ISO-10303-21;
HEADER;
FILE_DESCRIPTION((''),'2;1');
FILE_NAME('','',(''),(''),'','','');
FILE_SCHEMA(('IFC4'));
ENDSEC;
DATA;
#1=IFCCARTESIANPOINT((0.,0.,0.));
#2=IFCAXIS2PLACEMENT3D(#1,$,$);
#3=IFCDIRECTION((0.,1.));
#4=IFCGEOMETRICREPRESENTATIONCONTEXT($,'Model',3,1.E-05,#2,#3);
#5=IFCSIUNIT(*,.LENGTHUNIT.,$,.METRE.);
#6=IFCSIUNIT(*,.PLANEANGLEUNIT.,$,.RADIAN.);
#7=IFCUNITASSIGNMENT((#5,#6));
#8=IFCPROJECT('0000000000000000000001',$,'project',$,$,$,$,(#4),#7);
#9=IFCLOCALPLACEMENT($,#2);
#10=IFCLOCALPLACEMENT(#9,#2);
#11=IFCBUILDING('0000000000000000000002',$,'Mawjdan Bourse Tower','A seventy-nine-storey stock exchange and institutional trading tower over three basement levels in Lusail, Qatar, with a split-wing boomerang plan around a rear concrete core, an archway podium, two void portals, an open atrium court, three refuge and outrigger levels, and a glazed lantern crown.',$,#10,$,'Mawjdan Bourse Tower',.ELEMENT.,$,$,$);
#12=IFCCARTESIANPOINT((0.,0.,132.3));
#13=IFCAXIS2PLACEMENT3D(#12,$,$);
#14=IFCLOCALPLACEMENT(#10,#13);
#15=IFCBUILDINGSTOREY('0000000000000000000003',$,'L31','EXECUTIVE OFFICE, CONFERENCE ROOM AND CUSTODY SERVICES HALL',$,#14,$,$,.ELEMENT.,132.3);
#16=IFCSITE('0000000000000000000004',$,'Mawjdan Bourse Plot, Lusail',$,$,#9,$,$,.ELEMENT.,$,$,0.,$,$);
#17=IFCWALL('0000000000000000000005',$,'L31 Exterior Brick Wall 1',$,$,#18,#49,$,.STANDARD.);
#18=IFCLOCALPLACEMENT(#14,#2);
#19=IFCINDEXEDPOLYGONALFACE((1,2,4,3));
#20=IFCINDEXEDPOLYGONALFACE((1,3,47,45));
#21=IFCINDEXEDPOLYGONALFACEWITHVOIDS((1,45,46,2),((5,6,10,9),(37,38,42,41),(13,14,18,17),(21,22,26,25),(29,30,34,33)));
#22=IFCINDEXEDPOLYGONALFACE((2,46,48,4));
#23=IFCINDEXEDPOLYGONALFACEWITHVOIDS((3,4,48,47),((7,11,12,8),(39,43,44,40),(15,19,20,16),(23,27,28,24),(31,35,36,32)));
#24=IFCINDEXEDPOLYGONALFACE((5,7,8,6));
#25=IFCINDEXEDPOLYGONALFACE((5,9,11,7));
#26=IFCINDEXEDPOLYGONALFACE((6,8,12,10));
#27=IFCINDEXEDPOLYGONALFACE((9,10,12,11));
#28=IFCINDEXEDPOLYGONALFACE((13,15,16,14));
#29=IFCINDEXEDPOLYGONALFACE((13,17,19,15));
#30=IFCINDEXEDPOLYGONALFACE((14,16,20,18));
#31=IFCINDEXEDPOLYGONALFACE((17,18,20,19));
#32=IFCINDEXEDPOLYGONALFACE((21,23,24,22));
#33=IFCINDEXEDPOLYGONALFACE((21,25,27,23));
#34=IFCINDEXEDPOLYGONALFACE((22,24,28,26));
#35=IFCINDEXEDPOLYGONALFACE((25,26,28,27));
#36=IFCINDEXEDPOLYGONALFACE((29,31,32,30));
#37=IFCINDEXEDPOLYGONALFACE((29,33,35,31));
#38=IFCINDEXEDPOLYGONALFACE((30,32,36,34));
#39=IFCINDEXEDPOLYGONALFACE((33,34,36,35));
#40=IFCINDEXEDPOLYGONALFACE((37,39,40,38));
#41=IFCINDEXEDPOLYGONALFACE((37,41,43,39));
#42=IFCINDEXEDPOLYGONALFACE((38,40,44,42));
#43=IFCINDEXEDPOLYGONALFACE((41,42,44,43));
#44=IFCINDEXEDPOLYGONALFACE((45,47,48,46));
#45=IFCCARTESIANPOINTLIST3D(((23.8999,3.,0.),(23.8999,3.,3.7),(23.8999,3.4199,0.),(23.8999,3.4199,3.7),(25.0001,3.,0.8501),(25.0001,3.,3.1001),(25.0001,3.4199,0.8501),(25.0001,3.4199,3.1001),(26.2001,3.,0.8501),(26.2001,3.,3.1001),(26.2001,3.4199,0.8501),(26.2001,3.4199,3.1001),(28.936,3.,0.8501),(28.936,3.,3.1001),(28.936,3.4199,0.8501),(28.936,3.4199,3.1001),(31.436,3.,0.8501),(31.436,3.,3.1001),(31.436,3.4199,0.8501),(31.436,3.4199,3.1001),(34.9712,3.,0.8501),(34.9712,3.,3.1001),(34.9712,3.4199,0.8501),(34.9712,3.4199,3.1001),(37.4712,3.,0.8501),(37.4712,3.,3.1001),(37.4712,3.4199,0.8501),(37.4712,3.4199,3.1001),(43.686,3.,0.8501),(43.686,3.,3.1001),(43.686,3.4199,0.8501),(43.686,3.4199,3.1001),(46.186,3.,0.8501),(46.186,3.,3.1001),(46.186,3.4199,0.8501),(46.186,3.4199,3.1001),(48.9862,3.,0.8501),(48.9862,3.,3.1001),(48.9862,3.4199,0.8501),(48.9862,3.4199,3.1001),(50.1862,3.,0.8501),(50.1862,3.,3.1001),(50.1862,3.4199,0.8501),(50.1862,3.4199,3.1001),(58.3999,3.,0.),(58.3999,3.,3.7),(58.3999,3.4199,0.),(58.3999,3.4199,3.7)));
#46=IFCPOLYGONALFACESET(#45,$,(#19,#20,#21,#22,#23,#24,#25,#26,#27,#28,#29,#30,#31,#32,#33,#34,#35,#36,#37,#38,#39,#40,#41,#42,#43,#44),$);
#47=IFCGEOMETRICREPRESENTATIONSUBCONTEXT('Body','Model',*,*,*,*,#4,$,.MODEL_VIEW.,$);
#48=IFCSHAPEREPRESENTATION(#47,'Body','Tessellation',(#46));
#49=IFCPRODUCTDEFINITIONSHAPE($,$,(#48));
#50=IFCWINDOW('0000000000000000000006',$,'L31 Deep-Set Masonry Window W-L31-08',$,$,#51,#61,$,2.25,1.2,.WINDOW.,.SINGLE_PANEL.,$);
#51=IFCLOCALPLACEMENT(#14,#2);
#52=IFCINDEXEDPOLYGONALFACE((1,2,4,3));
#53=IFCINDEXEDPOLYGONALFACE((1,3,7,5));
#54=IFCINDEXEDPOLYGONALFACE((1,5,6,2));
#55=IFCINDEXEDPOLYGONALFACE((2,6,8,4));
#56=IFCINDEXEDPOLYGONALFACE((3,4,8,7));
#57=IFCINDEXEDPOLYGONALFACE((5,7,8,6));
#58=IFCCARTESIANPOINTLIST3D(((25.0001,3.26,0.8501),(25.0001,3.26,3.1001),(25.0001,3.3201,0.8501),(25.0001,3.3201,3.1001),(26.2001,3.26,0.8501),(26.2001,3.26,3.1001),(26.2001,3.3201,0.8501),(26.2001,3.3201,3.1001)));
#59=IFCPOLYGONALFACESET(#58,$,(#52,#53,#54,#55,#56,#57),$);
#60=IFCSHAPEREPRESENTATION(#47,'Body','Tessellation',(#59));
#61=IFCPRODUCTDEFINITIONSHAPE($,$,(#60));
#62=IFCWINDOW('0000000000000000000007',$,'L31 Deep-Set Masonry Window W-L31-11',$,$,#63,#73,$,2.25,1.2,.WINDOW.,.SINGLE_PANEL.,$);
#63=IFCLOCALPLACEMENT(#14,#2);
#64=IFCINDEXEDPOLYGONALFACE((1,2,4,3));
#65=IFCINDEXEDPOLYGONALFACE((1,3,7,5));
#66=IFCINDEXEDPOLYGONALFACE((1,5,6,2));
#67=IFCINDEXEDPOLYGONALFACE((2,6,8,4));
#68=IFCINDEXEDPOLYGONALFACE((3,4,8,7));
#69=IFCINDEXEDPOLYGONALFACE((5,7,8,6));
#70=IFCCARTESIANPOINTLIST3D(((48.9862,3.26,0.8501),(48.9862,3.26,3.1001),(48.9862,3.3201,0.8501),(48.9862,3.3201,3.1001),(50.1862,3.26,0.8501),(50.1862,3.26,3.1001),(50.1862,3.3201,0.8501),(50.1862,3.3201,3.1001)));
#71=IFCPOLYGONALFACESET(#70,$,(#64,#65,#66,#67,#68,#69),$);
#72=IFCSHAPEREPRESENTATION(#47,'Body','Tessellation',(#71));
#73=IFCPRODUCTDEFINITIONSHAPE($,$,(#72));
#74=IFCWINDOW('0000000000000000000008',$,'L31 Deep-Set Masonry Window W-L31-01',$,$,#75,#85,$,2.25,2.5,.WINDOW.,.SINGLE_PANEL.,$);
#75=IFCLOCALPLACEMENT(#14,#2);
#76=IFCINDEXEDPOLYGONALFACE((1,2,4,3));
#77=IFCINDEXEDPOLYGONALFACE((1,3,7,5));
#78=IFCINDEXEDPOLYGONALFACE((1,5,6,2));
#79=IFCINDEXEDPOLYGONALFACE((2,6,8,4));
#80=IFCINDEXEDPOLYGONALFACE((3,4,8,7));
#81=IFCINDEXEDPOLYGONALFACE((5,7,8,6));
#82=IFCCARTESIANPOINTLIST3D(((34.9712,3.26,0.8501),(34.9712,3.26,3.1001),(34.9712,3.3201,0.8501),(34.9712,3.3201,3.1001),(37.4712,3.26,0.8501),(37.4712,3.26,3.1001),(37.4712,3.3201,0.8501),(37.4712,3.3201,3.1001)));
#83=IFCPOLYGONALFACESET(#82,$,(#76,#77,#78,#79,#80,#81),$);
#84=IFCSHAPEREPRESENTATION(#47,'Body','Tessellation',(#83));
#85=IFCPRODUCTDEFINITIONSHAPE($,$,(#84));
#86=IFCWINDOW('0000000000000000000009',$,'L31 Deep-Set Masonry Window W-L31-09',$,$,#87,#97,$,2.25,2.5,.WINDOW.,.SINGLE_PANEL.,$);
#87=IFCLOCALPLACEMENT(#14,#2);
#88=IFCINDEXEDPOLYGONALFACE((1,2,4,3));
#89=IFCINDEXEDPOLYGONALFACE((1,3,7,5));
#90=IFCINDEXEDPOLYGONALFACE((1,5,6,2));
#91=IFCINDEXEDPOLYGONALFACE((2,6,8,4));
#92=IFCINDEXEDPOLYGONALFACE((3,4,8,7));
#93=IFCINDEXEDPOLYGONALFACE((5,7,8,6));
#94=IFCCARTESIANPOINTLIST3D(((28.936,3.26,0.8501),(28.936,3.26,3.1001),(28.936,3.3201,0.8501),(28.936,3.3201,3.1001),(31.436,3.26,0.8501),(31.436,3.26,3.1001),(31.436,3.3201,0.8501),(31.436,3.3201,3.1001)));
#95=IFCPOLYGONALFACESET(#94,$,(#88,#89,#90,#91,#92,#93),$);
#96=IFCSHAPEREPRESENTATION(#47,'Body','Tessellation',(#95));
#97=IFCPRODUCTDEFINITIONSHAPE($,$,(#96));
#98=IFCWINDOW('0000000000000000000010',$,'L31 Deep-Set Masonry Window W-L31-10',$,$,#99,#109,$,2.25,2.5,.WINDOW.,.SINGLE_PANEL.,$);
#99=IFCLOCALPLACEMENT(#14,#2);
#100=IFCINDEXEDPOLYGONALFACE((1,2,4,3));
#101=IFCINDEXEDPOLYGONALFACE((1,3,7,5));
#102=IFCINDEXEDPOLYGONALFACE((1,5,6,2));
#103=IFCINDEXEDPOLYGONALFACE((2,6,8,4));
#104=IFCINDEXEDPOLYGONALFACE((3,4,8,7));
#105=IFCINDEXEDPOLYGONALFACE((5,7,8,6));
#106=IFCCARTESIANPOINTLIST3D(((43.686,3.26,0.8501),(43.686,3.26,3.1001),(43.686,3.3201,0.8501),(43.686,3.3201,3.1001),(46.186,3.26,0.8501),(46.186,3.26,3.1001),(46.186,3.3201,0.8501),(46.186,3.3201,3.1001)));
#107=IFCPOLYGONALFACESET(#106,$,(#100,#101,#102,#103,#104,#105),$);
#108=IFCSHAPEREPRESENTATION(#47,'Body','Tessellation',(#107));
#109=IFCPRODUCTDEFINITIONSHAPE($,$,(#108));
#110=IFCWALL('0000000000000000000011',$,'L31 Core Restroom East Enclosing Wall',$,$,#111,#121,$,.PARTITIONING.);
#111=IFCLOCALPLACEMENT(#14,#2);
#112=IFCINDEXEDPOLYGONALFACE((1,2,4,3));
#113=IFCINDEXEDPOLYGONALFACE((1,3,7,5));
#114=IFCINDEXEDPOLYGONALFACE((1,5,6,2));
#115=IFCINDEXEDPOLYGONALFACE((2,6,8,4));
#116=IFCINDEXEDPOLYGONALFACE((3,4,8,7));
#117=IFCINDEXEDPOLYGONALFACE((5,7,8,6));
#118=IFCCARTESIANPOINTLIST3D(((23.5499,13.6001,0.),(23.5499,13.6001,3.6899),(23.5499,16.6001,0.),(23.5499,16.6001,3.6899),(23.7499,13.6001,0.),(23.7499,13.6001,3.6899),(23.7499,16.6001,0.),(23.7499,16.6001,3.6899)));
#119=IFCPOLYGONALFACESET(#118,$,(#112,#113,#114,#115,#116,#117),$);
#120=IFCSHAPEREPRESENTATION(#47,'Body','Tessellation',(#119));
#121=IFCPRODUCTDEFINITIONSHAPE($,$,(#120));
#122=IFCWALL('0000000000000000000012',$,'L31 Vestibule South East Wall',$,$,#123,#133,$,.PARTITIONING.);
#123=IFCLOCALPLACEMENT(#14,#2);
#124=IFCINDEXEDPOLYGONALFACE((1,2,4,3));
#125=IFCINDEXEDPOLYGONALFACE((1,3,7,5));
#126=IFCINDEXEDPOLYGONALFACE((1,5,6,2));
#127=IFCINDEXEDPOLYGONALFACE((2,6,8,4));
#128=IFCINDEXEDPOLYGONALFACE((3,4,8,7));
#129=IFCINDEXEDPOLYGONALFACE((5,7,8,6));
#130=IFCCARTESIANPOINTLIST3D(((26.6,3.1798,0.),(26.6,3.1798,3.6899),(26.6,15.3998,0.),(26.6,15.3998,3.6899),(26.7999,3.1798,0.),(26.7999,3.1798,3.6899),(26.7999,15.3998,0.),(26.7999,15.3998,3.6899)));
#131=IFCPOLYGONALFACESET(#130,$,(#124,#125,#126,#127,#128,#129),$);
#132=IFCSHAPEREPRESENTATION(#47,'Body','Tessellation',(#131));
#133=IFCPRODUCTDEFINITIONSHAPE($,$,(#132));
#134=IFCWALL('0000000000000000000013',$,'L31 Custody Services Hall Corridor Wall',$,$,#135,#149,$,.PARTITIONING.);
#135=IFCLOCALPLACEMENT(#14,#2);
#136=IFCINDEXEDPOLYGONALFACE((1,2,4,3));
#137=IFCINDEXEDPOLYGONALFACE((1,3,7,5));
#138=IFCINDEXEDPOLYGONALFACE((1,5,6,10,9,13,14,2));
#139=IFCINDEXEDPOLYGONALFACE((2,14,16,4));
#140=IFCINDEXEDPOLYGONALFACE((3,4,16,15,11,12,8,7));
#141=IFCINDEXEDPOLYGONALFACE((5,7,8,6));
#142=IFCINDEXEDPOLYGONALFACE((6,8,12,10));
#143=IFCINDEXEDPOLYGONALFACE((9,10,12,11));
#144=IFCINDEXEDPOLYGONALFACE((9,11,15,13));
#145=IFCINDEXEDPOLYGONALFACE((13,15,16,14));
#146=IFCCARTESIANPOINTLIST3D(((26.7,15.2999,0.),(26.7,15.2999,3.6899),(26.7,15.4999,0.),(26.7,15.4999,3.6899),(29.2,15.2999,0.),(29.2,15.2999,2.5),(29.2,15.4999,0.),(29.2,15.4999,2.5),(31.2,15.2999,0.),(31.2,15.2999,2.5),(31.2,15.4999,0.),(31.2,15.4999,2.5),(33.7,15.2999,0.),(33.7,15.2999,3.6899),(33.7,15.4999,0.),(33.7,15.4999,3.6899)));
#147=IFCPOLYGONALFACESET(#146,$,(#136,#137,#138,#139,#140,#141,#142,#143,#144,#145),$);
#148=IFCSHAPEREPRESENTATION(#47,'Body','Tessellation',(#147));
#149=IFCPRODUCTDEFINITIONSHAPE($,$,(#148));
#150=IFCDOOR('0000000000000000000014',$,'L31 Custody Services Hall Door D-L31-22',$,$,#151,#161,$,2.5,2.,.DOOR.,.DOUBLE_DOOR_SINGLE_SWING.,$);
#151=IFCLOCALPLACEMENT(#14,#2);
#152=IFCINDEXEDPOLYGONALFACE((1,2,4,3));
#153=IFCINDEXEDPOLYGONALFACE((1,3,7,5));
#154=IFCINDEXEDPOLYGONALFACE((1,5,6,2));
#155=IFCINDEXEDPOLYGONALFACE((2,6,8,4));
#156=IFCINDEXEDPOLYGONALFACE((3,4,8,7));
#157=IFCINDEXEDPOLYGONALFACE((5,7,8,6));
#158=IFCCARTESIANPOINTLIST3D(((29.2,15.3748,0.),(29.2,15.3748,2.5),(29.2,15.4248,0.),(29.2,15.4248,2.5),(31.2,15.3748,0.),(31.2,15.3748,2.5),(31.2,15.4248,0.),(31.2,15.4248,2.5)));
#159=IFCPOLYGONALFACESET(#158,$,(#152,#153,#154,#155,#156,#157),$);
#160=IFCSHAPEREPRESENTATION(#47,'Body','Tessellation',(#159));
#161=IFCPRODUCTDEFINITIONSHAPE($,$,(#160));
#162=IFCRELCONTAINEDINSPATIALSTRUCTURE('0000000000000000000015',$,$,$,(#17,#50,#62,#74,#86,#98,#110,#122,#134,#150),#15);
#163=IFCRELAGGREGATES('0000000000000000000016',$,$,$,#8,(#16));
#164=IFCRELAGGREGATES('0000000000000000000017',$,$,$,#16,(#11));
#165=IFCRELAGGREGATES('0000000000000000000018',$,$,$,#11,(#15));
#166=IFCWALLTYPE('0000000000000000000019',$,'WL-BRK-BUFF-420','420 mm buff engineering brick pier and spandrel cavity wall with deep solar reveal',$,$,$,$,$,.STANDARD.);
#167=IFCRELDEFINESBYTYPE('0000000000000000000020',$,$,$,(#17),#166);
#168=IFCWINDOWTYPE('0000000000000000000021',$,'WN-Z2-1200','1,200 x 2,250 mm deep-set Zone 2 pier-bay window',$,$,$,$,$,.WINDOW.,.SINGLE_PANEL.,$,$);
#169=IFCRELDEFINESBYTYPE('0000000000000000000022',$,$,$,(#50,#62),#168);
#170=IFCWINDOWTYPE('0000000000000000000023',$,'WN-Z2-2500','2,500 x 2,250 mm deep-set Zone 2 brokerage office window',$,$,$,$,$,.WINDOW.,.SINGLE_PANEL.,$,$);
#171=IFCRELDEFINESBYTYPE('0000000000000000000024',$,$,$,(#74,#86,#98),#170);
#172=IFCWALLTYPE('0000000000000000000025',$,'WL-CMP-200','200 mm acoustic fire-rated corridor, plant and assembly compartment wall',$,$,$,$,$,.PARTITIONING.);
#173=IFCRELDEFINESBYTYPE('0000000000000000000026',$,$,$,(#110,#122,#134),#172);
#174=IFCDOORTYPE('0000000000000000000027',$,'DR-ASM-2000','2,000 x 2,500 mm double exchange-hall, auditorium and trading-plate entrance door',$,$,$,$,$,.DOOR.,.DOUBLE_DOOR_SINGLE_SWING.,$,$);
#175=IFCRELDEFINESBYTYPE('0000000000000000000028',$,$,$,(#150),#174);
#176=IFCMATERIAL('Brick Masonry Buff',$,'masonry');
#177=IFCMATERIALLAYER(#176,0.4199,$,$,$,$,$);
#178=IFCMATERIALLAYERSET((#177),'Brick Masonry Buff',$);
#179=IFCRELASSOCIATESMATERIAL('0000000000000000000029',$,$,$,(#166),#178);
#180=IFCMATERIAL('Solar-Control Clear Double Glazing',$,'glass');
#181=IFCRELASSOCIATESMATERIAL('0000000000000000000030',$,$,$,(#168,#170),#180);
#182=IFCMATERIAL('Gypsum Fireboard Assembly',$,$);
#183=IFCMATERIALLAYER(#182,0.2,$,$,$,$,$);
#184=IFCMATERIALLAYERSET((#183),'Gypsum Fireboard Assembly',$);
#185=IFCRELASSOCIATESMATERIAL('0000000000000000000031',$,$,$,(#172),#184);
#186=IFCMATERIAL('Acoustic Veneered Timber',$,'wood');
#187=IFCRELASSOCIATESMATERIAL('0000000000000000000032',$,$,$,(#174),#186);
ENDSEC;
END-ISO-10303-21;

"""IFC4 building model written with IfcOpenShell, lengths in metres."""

from ifc_helpers import new_model, si_unit, direction, frame, frame_2d, origin, place, context, subcontext, project, spatial, rectangle, extrude, material, layer, layer_set, type_object, element, fill, save


model = new_model("IFC4")

# Units and contexts
model_context = context("Model", 3, precision=1e-05, world=origin(), true_north=direction((0.0, 1.0)))
body_context = subcontext(model_context, "Body", "Model", "MODEL_VIEW")
ifc_project = project(units=[si_unit("LENGTHUNIT", "METRE"), si_unit("PLANEANGLEUNIT", "RADIAN")], contexts=[model_context])

# Site, building, storey
site_placement = place(None, origin())
site = spatial("IfcSite", under=ifc_project, at=site_placement, Name="Mawjdan Bourse Plot, Lusail", CompositionType="ELEMENT", RefElevation=0.0)
building_placement = place(site_placement, origin())
building = spatial("IfcBuilding", under=site, at=building_placement, Name="Mawjdan Bourse Tower", Description="A seventy-nine-storey stock exchange and institutional trading tower over three basement levels in Lusail, Qatar, with a split-wing boomerang plan around a rear concrete core, an archway podium, two void portals, an open atrium court, three refuge and outrigger levels, and a glazed lantern crown.", LongName="Mawjdan Bourse Tower", CompositionType="ELEMENT")
storey_placement = place(building_placement, frame((0.0, 0.0, 132.3)))
storey = spatial("IfcBuildingStorey", under=building, at=storey_placement, Name="L31", Description="EXECUTIVE OFFICE, CONFERENCE ROOM AND CUSTODY SERVICES HALL", CompositionType="ELEMENT", Elevation=132.3)

# Wall, openings, windows
ifc_material_1 = material(Name="Brick Masonry Buff", Category="masonry")
ifc_layer_1 = layer(ifc_material_1, 0.4199)
ifc_layer_set_1 = layer_set([ifc_layer_1], Name="Brick Masonry Buff")
wall_type_1 = type_object("IfcWallType", Name="WL-BRK-BUFF-420", Description="420 mm buff engineering brick pier and spandrel cavity wall with deep solar reveal", PredefinedType="STANDARD", material=ifc_layer_set_1)
wall_1_placement = place(storey_placement, frame((23.8999, 3.21, 0.0), z_axis=(0.0, 0.0, 1.0), x_axis=(1.0, 0.0, 0.0)))
wall_1 = element("IfcWall", 1, at=wall_1_placement, inside=storey, type_object=wall_type_1, Name="L31 Exterior Brick Wall 1", PredefinedType="STANDARD", context=body_context, shape_type="SweptSolid", body=[
    extrude(rectangle(XDim=34.5, YDim=0.4199, at=frame_2d((17.25, 0.0))), origin(), (0.0, 0.0, 1.0), 3.7),
])
opening_1_placement = place(wall_1_placement, frame((11.0713, 0.0, 0.8501)))
opening_1 = element("IfcOpeningElement", 2, at=opening_1_placement, cuts=wall_1, PredefinedType="OPENING", context=body_context, shape_type="SweptSolid", body=[
    extrude(rectangle(XDim=2.5, YDim=2.25, at=frame_2d((1.25, 1.125))), frame((0.0, 0.22, 0.0), z_axis=(0.0, -1.0, 0.0), x_axis=(1.0, 0.0, 0.0)), (0.0, 0.0, 1.0), 0.4399),
])
opening_2_placement = place(wall_1_placement, frame((1.1001, 0.0, 0.8501)))
opening_2 = element("IfcOpeningElement", 3, at=opening_2_placement, cuts=wall_1, PredefinedType="OPENING", context=body_context, shape_type="SweptSolid", body=[
    extrude(rectangle(XDim=1.2, YDim=2.25, at=frame_2d((0.6001, 1.125))), frame((0.0, 0.22, 0.0), z_axis=(0.0, -1.0, 0.0), x_axis=(1.0, 0.0, 0.0)), (0.0, 0.0, 1.0), 0.4399),
])
opening_3_placement = place(wall_1_placement, frame((5.0361, 0.0, 0.8501)))
opening_3 = element("IfcOpeningElement", 4, at=opening_3_placement, cuts=wall_1, PredefinedType="OPENING", context=body_context, shape_type="SweptSolid", body=[
    extrude(rectangle(XDim=2.5, YDim=2.25, at=frame_2d((1.25, 1.125))), frame((0.0, 0.22, 0.0), z_axis=(0.0, -1.0, 0.0), x_axis=(1.0, 0.0, 0.0)), (0.0, 0.0, 1.0), 0.4399),
])
opening_4_placement = place(wall_1_placement, frame((19.7861, 0.0, 0.8501)))
opening_4 = element("IfcOpeningElement", 5, at=opening_4_placement, cuts=wall_1, PredefinedType="OPENING", context=body_context, shape_type="SweptSolid", body=[
    extrude(rectangle(XDim=2.5, YDim=2.25, at=frame_2d((1.25, 1.125))), frame((0.0, 0.22, 0.0), z_axis=(0.0, -1.0, 0.0), x_axis=(1.0, 0.0, 0.0)), (0.0, 0.0, 1.0), 0.4399),
])
opening_5_placement = place(wall_1_placement, frame((25.0862, 0.0, 0.8501)))
opening_5 = element("IfcOpeningElement", 6, at=opening_5_placement, cuts=wall_1, PredefinedType="OPENING", context=body_context, shape_type="SweptSolid", body=[
    extrude(rectangle(XDim=1.2, YDim=2.25, at=frame_2d((0.6001, 1.125))), frame((0.0, 0.22, 0.0), z_axis=(0.0, -1.0, 0.0), x_axis=(1.0, 0.0, 0.0)), (0.0, 0.0, 1.0), 0.4399),
])
ifc_material_2 = material(Name="Solar-Control Clear Double Glazing", Category="glass")
window_type_1 = type_object("IfcWindowType", Name="WN-Z2-1200", Description="1,200 x 2,250 mm deep-set Zone 2 pier-bay window", PartitioningType="SINGLE_PANEL", PredefinedType="WINDOW", material=ifc_material_2)
window_1_placement = place(opening_2_placement, origin())
window_1 = element("IfcWindow", 7, at=window_1_placement, inside=storey, type_object=window_type_1, Name="L31 Deep-Set Masonry Window W-L31-08", OverallHeight=2.25, OverallWidth=1.2, PartitioningType="SINGLE_PANEL", PredefinedType="WINDOW", context=body_context, shape_type="SweptSolid", body=[
    extrude(rectangle(XDim=1.2, YDim=2.25, at=frame_2d((0.6001, 1.125))), frame((0.0, 0.1101, 0.0), z_axis=(0.0, -1.0, 0.0), x_axis=(1.0, 0.0, 0.0)), (0.0, 0.0, 1.0), 0.0601),
])
fill(opening_2, window_1)
window_2_placement = place(opening_5_placement, origin())
window_2 = element("IfcWindow", 8, at=window_2_placement, inside=storey, type_object=window_type_1, Name="L31 Deep-Set Masonry Window W-L31-11", OverallHeight=2.25, OverallWidth=1.2, PartitioningType="SINGLE_PANEL", PredefinedType="WINDOW", context=body_context, shape_type="SweptSolid", body=[
    extrude(rectangle(XDim=1.2, YDim=2.25, at=frame_2d((0.6001, 1.125))), frame((0.0, 0.1101, 0.0), z_axis=(0.0, -1.0, 0.0), x_axis=(1.0, 0.0, 0.0)), (0.0, 0.0, 1.0), 0.0601),
])
fill(opening_5, window_2)
window_type_2 = type_object("IfcWindowType", Name="WN-Z2-2500", Description="2,500 x 2,250 mm deep-set Zone 2 brokerage office window", PartitioningType="SINGLE_PANEL", PredefinedType="WINDOW", material=ifc_material_2)
window_3_placement = place(opening_1_placement, origin())
window_3 = element("IfcWindow", 9, at=window_3_placement, inside=storey, type_object=window_type_2, Name="L31 Deep-Set Masonry Window W-L31-01", OverallHeight=2.25, OverallWidth=2.5, PartitioningType="SINGLE_PANEL", PredefinedType="WINDOW", context=body_context, shape_type="SweptSolid", body=[
    extrude(rectangle(XDim=2.5, YDim=2.25, at=frame_2d((1.25, 1.125))), frame((0.0, 0.1101, 0.0), z_axis=(0.0, -1.0, 0.0), x_axis=(1.0, 0.0, 0.0)), (0.0, 0.0, 1.0), 0.0601),
])
fill(opening_1, window_3)
window_4_placement = place(opening_3_placement, origin())
window_4 = element("IfcWindow", 10, at=window_4_placement, inside=storey, type_object=window_type_2, Name="L31 Deep-Set Masonry Window W-L31-09", OverallHeight=2.25, OverallWidth=2.5, PartitioningType="SINGLE_PANEL", PredefinedType="WINDOW", context=body_context, shape_type="SweptSolid", body=[
    extrude(rectangle(XDim=2.5, YDim=2.25, at=frame_2d((1.25, 1.125))), frame((0.0, 0.1101, 0.0), z_axis=(0.0, -1.0, 0.0), x_axis=(1.0, 0.0, 0.0)), (0.0, 0.0, 1.0), 0.0601),
])
fill(opening_3, window_4)
window_5_placement = place(opening_4_placement, origin())
window_5 = element("IfcWindow", 11, at=window_5_placement, inside=storey, type_object=window_type_2, Name="L31 Deep-Set Masonry Window W-L31-10", OverallHeight=2.25, OverallWidth=2.5, PartitioningType="SINGLE_PANEL", PredefinedType="WINDOW", context=body_context, shape_type="SweptSolid", body=[
    extrude(rectangle(XDim=2.5, YDim=2.25, at=frame_2d((1.25, 1.125))), frame((0.0, 0.1101, 0.0), z_axis=(0.0, -1.0, 0.0), x_axis=(1.0, 0.0, 0.0)), (0.0, 0.0, 1.0), 0.0601),
])
fill(opening_4, window_5)

# Wall
ifc_material_3 = material(Name="Gypsum Fireboard Assembly")
ifc_layer_2 = layer(ifc_material_3, 0.2)
ifc_layer_set_2 = layer_set([ifc_layer_2], Name="Gypsum Fireboard Assembly")
wall_type_2 = type_object("IfcWallType", Name="WL-CMP-200", Description="200 mm acoustic fire-rated corridor, plant and assembly compartment wall", PredefinedType="PARTITIONING", material=ifc_layer_set_2)
wall_2_placement = place(storey_placement, frame((23.6499, 13.6001, 0.0), z_axis=(0.0, 0.0, 1.0), x_axis=(0.0, 1.0, 0.0)))
element("IfcWall", 12, at=wall_2_placement, inside=storey, type_object=wall_type_2, Name="L31 Core Restroom East Enclosing Wall", PredefinedType="PARTITIONING", context=body_context, shape_type="SweptSolid", body=[
    extrude(rectangle(XDim=3.0, YDim=0.2, at=frame_2d((1.5, 0.0))), origin(), (0.0, 0.0, 1.0), 3.6899),
])

# Wall
wall_3_placement = place(storey_placement, frame((26.7, 3.1799, 0.0), z_axis=(0.0, 0.0, 1.0), x_axis=(0.0, 1.0, 0.0)))
element("IfcWall", 13, at=wall_3_placement, inside=storey, type_object=wall_type_2, Name="L31 Vestibule South East Wall", PredefinedType="PARTITIONING", context=body_context, shape_type="SweptSolid", body=[
    extrude(rectangle(XDim=12.22, YDim=0.2, at=frame_2d((6.1099, 0.0))), origin(), (0.0, 0.0, 1.0), 3.6899),
])

# Wall, opening, door
wall_4_placement = place(storey_placement, frame((26.7, 15.3999, 0.0), z_axis=(0.0, 0.0, 1.0), x_axis=(1.0, 0.0, 0.0)))
wall_4 = element("IfcWall", 14, at=wall_4_placement, inside=storey, type_object=wall_type_2, Name="L31 Custody Services Hall Corridor Wall", PredefinedType="PARTITIONING", context=body_context, shape_type="SweptSolid", body=[
    extrude(rectangle(XDim=7.0, YDim=0.2, at=frame_2d((3.5, 0.0))), origin(), (0.0, 0.0, 1.0), 3.6899),
])
opening_6_placement = place(wall_4_placement, frame((2.5, 0.0, 0.0)))
opening_6 = element("IfcOpeningElement", 15, at=opening_6_placement, cuts=wall_4, PredefinedType="OPENING", context=body_context, shape_type="SweptSolid", body=[
    extrude(rectangle(XDim=2.0, YDim=2.5, at=frame_2d((1.0, 1.25))), frame((0.0, 0.1099, 0.0), z_axis=(0.0, -1.0, 0.0), x_axis=(1.0, 0.0, 0.0)), (0.0, 0.0, 1.0), 0.22),
])
ifc_material_4 = material(Name="Acoustic Veneered Timber", Category="wood")
door_type_1 = type_object("IfcDoorType", Name="DR-ASM-2000", Description="2,000 x 2,500 mm double exchange-hall, auditorium and trading-plate entrance door", OperationType="DOUBLE_DOOR_SINGLE_SWING", PredefinedType="DOOR", material=ifc_material_4)
door_1_placement = place(opening_6_placement, origin())
door_1 = element("IfcDoor", 16, at=door_1_placement, inside=storey, type_object=door_type_1, Name="L31 Custody Services Hall Door D-L31-22", OperationType="DOUBLE_DOOR_SINGLE_SWING", OverallHeight=2.5, OverallWidth=2.0, PredefinedType="DOOR", context=body_context, shape_type="SweptSolid", body=[
    extrude(rectangle(XDim=2.0, YDim=2.5, at=frame_2d((1.0, 1.25))), frame((0.0, 0.0249, 0.0), z_axis=(0.0, -1.0, 0.0), x_axis=(1.0, 0.0, 0.0)), (0.0, 0.0, 1.0), 0.05),
])
fill(opening_6, door_1)

save(model, "model.ifc")
